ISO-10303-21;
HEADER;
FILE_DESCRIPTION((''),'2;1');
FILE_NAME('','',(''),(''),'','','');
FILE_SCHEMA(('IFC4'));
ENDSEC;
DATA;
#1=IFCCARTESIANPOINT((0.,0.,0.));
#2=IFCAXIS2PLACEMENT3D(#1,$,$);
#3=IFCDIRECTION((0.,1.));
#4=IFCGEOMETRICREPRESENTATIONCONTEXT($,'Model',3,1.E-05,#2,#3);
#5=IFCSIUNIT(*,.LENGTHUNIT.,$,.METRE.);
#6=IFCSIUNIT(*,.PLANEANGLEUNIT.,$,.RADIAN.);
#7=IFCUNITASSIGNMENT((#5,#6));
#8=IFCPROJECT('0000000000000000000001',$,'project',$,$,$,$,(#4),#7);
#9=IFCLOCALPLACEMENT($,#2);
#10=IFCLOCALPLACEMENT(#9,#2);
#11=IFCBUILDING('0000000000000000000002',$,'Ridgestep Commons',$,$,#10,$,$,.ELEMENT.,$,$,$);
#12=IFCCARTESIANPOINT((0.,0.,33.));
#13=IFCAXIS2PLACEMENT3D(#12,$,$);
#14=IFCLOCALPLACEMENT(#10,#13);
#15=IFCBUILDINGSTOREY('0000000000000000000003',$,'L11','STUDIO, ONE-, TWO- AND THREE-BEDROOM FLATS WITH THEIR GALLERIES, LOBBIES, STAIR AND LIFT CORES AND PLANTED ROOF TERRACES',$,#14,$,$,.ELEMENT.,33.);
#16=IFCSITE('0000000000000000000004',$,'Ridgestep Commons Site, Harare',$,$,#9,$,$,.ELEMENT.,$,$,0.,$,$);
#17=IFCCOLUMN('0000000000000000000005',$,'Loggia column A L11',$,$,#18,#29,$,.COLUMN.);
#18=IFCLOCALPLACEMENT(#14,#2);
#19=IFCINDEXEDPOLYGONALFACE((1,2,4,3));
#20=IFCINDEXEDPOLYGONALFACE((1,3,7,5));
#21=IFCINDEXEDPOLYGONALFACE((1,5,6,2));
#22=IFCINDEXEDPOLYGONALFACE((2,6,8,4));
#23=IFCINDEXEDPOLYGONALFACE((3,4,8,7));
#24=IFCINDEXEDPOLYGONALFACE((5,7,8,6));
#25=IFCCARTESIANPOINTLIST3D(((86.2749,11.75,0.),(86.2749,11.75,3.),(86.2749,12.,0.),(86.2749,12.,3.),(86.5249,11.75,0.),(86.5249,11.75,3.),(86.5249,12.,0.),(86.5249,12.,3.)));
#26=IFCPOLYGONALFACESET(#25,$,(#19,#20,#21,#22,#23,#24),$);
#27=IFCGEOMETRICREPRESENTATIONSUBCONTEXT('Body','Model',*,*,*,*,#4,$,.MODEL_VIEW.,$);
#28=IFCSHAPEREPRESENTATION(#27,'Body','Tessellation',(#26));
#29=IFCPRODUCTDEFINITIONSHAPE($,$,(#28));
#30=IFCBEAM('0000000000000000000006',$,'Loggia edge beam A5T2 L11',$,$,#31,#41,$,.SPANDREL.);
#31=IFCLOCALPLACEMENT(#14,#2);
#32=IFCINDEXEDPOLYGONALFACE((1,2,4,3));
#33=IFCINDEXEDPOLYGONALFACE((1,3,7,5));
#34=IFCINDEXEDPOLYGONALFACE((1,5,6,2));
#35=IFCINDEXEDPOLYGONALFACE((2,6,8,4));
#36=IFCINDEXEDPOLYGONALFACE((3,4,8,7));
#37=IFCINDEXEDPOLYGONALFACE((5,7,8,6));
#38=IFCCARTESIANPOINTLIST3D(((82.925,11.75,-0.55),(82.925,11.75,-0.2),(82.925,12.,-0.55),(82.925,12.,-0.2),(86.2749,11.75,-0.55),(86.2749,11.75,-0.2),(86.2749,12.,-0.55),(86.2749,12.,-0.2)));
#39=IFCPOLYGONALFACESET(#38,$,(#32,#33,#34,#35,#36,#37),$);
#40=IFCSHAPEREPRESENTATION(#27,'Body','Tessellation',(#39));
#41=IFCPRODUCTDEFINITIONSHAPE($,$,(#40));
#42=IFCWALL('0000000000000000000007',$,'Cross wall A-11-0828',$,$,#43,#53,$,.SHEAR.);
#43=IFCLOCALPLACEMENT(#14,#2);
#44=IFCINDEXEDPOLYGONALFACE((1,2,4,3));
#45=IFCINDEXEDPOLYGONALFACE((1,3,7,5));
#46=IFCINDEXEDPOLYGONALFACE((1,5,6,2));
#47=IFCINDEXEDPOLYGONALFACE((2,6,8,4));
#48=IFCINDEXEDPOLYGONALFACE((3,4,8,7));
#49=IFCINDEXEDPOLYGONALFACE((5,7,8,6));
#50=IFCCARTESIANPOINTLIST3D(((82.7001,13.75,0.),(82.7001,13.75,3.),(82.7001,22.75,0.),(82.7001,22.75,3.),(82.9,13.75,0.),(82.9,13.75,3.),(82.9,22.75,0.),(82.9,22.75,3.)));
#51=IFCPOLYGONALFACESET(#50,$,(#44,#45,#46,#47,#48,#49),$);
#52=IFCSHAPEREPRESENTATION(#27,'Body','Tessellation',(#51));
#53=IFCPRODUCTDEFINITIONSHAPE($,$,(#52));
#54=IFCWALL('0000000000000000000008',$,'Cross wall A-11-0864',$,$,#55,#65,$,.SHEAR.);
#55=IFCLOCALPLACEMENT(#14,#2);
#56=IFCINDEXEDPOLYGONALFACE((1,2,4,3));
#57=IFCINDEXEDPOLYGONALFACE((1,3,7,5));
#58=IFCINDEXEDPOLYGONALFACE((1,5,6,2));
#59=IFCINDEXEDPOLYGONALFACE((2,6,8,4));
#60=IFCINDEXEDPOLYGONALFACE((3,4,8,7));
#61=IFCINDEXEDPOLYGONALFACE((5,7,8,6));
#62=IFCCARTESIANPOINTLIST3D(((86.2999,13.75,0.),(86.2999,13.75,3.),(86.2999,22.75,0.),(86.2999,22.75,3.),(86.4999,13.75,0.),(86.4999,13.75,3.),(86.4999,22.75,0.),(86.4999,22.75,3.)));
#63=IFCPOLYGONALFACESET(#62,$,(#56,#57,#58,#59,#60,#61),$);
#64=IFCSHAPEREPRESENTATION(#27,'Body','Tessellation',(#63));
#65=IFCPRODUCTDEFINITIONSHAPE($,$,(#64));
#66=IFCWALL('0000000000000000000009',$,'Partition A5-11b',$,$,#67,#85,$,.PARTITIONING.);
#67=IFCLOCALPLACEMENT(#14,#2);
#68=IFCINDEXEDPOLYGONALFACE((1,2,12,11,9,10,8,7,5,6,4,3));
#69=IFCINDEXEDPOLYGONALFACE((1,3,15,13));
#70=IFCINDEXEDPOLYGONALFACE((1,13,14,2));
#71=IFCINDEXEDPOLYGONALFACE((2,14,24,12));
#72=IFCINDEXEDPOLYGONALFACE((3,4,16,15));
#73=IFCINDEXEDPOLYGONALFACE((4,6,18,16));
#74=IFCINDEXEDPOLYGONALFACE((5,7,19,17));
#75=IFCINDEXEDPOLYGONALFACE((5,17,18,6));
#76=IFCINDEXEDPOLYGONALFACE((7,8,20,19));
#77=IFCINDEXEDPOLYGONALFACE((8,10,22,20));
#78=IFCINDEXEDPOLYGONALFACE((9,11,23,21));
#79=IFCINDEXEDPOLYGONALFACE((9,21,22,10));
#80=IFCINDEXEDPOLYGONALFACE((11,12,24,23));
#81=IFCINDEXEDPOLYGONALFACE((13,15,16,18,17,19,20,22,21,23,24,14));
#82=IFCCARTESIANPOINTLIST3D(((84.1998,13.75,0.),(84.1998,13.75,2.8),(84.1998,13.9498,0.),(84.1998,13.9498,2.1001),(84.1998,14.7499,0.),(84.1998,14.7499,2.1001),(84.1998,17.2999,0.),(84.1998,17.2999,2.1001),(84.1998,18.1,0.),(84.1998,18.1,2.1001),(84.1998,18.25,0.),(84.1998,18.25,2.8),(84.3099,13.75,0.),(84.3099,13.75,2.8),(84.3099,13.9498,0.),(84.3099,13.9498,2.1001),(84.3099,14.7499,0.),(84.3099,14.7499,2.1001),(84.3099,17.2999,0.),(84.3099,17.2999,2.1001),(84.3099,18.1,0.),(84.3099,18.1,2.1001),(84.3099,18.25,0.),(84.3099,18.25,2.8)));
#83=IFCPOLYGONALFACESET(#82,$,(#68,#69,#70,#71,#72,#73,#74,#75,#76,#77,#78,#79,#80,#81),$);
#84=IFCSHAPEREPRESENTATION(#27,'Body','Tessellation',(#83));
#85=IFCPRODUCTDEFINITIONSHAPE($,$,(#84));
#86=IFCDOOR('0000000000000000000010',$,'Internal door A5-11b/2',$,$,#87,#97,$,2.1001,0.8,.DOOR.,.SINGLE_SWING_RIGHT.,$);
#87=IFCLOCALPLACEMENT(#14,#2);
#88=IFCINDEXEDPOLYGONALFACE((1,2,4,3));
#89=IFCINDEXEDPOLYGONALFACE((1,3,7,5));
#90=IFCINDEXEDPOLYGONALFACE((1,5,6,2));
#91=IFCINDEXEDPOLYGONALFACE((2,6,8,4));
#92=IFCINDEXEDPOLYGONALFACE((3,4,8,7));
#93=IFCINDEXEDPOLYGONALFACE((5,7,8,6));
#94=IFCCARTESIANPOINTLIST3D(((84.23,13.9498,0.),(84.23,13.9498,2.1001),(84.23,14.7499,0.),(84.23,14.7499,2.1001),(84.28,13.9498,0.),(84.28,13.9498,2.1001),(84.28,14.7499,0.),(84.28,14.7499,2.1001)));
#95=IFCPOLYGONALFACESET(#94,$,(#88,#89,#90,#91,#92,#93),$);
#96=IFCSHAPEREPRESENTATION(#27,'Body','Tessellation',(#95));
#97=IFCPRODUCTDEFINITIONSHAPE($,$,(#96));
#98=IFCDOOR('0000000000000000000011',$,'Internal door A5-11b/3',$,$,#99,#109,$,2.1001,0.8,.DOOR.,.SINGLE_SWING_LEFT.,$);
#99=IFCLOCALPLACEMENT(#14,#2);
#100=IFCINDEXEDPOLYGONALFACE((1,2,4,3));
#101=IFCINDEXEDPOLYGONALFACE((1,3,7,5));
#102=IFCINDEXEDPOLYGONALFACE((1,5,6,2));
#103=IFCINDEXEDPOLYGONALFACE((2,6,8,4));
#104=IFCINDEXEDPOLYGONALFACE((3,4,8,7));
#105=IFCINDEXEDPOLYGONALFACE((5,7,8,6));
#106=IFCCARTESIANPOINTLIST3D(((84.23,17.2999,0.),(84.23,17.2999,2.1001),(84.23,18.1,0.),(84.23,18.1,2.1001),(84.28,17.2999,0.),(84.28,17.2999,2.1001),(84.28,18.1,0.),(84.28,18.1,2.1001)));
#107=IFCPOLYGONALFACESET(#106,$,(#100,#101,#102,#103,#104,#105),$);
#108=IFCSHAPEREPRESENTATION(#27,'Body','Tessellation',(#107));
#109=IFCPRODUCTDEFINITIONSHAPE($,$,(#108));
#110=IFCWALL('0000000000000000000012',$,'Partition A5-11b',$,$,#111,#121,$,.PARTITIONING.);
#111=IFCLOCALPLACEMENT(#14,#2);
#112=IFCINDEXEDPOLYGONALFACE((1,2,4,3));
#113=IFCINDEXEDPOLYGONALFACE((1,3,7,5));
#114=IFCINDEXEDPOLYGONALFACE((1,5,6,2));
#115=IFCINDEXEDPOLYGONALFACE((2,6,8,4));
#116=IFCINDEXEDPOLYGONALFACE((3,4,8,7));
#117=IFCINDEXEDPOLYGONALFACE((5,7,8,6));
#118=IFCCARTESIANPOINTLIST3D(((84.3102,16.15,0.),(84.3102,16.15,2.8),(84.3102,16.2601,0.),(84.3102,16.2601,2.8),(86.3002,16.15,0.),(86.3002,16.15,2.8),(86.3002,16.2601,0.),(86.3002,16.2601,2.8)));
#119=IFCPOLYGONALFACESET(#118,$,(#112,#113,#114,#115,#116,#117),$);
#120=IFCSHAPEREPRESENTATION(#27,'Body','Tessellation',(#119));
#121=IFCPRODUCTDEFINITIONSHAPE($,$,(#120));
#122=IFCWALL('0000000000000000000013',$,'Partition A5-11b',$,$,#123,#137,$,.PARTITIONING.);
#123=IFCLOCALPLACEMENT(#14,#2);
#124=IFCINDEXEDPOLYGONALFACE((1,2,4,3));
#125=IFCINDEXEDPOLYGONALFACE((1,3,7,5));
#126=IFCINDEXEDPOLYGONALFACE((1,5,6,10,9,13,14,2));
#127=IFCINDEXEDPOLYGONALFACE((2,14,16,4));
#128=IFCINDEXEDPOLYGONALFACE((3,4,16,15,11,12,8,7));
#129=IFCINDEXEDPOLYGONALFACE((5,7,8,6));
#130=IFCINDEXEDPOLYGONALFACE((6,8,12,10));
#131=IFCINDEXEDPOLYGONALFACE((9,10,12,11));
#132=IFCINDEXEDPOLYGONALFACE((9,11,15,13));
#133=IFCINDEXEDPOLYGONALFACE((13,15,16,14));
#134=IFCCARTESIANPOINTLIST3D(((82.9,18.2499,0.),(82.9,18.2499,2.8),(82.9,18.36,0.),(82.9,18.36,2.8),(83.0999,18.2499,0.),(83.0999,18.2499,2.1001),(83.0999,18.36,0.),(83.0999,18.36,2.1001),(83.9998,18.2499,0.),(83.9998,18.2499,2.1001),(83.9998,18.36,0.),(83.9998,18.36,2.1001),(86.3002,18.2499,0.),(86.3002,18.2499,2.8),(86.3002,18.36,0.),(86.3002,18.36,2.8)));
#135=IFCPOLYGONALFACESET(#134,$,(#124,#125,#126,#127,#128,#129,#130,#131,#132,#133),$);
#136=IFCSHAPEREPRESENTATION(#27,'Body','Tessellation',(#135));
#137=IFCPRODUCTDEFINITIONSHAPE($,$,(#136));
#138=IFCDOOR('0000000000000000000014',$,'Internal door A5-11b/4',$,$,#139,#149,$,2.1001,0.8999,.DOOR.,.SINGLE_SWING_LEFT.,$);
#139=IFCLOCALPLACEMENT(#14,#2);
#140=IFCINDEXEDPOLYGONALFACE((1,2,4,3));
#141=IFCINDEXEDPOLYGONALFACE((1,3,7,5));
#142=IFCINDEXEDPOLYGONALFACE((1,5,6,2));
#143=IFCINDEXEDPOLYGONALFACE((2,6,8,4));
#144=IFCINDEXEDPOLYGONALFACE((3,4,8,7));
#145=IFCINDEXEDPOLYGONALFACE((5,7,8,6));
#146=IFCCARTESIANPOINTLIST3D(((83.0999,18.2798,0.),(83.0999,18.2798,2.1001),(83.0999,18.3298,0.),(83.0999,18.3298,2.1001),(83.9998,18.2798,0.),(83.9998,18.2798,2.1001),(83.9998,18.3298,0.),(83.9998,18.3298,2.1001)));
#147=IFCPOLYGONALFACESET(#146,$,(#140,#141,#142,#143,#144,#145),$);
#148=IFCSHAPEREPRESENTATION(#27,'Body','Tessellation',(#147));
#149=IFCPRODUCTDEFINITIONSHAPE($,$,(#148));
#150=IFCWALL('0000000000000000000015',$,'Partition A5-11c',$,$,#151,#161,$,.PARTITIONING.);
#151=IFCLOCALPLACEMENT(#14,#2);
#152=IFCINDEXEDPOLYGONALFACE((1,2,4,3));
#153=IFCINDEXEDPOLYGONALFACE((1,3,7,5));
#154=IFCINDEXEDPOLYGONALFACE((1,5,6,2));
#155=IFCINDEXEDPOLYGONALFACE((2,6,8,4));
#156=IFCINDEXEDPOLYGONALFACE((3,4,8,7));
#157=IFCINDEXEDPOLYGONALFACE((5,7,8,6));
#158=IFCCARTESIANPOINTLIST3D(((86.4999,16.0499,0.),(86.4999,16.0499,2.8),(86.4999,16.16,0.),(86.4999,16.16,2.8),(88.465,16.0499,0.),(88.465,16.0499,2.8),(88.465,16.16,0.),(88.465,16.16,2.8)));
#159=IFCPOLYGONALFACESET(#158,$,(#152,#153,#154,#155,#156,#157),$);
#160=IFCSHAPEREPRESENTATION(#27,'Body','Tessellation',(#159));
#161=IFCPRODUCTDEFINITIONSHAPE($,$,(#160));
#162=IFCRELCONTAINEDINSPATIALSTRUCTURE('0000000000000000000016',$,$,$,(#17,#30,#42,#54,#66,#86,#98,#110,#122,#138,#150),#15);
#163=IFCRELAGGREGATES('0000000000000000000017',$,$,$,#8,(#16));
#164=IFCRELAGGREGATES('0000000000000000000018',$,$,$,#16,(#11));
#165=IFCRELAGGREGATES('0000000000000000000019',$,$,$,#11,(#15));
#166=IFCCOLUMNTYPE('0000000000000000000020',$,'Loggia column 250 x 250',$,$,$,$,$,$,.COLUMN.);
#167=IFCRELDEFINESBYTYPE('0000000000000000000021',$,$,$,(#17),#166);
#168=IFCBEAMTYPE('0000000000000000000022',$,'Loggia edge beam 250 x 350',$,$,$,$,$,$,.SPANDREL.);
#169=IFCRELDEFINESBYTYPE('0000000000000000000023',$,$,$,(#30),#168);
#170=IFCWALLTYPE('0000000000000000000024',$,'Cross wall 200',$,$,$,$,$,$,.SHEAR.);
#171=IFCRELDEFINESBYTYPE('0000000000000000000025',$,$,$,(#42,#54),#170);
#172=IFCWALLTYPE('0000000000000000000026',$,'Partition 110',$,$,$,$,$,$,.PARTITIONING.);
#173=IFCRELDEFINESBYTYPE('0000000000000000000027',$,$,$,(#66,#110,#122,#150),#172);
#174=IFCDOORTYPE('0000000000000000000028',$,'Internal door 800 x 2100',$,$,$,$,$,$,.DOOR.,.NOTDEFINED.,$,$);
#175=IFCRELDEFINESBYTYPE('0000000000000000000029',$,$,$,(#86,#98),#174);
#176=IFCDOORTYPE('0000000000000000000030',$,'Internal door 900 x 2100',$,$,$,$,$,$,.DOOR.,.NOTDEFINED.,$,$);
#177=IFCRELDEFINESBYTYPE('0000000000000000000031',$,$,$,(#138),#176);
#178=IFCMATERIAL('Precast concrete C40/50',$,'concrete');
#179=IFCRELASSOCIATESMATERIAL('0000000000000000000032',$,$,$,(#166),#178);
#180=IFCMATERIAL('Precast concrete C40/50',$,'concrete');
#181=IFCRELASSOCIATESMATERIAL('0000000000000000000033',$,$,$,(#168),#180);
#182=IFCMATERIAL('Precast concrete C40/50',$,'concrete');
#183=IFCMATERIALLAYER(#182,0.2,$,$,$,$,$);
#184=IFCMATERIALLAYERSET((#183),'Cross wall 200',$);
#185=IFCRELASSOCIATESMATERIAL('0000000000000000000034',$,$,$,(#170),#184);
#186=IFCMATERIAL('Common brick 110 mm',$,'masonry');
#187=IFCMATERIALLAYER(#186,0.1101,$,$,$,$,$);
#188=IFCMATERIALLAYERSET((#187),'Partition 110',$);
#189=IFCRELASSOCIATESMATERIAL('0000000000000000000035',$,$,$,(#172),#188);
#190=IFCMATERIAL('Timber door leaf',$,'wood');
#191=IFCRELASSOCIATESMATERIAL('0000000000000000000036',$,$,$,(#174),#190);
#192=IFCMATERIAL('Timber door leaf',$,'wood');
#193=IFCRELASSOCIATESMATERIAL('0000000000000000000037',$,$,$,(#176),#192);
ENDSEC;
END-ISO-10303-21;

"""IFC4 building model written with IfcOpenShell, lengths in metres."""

from ifc_helpers import new_model, si_unit, direction, frame, frame_2d, origin, origin_2d, place, context, subcontext, project, spatial, rectangle, extrude, material, layer, layer_set, material_profile, profile_set, type_object, element, fill, save


model = new_model("IFC4")

# Units and contexts
model_context = context("Model", 3, precision=1e-05, world=origin(), true_north=direction((0.0, 1.0)))
body_context = subcontext(model_context, "Body", "Model", "MODEL_VIEW")
ifc_project = project(units=[si_unit("LENGTHUNIT", "METRE"), si_unit("PLANEANGLEUNIT", "RADIAN")], contexts=[model_context])

# Site, building, storey
site_placement = place(None, origin())
site = spatial("IfcSite", under=ifc_project, at=site_placement, Name="Ridgestep Commons Site, Harare", CompositionType="ELEMENT", RefElevation=0.0)
building_placement = place(site_placement, origin())
building = spatial("IfcBuilding", under=site, at=building_placement, Name="Ridgestep Commons", CompositionType="ELEMENT")
storey_placement = place(building_placement, frame((0.0, 0.0, 33.0)))
storey = spatial("IfcBuildingStorey", under=building, at=storey_placement, Name="L11", Description="STUDIO, ONE-, TWO- AND THREE-BEDROOM FLATS WITH THEIR GALLERIES, LOBBIES, STAIR AND LIFT CORES AND PLANTED ROOF TERRACES", CompositionType="ELEMENT", Elevation=33.0)

# Column
ifc_material_1 = material(Name="Precast concrete C40/50", Category="concrete")
ifc_material_profile_1 = material_profile(ifc_material_1, rectangle(XDim=0.25, YDim=0.25, at=origin_2d()), Name="PC 250x250")
ifc_profile_set_1 = profile_set([ifc_material_profile_1], Name="Precast concrete C40/50")
column_type = type_object("IfcColumnType", Name="Loggia column 250 x 250", PredefinedType="COLUMN", material=ifc_profile_set_1)
column_placement = place(storey_placement, frame((86.3999, 11.875, 0.0), z_axis=(0.0, 0.0, 1.0), x_axis=(1.0, 0.0, 0.0)))
element("IfcColumn", 1, at=column_placement, inside=storey, type_object=column_type, Name="Loggia column A L11", PredefinedType="COLUMN", context=body_context, shape_type="SweptSolid", body=[
    extrude(rectangle(XDim=0.25, YDim=0.25, at=origin_2d()), origin(), (0.0, 0.0, 1.0), 3.0),
])

# Beam
ifc_material_2 = material(Name="Precast concrete C40/50", Category="concrete")
ifc_material_profile_2 = material_profile(ifc_material_2, rectangle(XDim=0.25, YDim=0.3501, at=origin_2d()), Name="PC 250x350")
ifc_profile_set_2 = profile_set([ifc_material_profile_2], Name="Precast concrete C40/50")
beam_type = type_object("IfcBeamType", Name="Loggia edge beam 250 x 350", PredefinedType="SPANDREL", material=ifc_profile_set_2)
beam_placement = place(storey_placement, frame((82.925, 11.875, -0.375), z_axis=(1.0, 0.0, 0.0), x_axis=(0.0, 1.0, 0.0)))
element("IfcBeam", 2, at=beam_placement, inside=storey, type_object=beam_type, Name="Loggia edge beam A5T2 L11", PredefinedType="SPANDREL", context=body_context, shape_type="SweptSolid", body=[
    extrude(rectangle(XDim=0.25, YDim=0.3501, at=origin_2d()), origin(), (0.0, 0.0, 1.0), 3.3499),
])

# Walls
ifc_material_3 = material(Name="Precast concrete C40/50", Category="concrete")
ifc_layer_1 = layer(ifc_material_3, 0.2)
ifc_layer_set_1 = layer_set([ifc_layer_1], Name="Cross wall 200")
wall_type_1 = type_object("IfcWallType", Name="Cross wall 200", PredefinedType="SHEAR", material=ifc_layer_set_1)
for number, where, z_axis, x_axis, name in (
    (3, (82.8, 13.75, 0.0), (0.0, 0.0, 1.0), (0.0, 1.0, 0.0), "Cross wall A-11-0828"),
    (4, (86.3999, 13.75, 0.0), (0.0, 0.0, 1.0), (0.0, 1.0, 0.0), "Cross wall A-11-0864"),
):
    element("IfcWall", number, at=place(storey_placement, frame(where, z_axis=z_axis, x_axis=x_axis)), inside=storey, type_object=wall_type_1, Name=name, PredefinedType="SHEAR", context=body_context, shape_type="SweptSolid", body=[
        extrude(rectangle(XDim=9.0, YDim=0.2, at=frame_2d((4.5, 0.0))), origin(), (0.0, 0.0, 1.0), 3.0),
    ])

# Wall, openings, doors
ifc_material_4 = material(Name="Common brick 110 mm", Category="masonry")
ifc_layer_2 = layer(ifc_material_4, 0.1101)
ifc_layer_set_2 = layer_set([ifc_layer_2], Name="Partition 110")
wall_type_2 = type_object("IfcWallType", Name="Partition 110", PredefinedType="PARTITIONING", material=ifc_layer_set_2)
wall_1_placement = place(storey_placement, frame((84.2549, 13.75, 0.0), z_axis=(0.0, 0.0, 1.0), x_axis=(0.0, 1.0, 0.0)))
wall_1 = element("IfcWall", 5, at=wall_1_placement, inside=storey, type_object=wall_type_2, Name="Partition A5-11b", PredefinedType="PARTITIONING", context=body_context, shape_type="SweptSolid", body=[
    extrude(rectangle(XDim=4.5, YDim=0.1101, at=frame_2d((2.25, 0.0))), origin(), (0.0, 0.0, 1.0), 2.8),
])
opening_1_placement = place(wall_1_placement, frame((0.2, 0.0, 0.0)))
opening_1 = element("IfcOpeningElement", 6, at=opening_1_placement, cuts=wall_1, PredefinedType="OPENING", context=body_context, shape_type="SweptSolid", body=[
    extrude(rectangle(XDim=0.8, YDim=2.1001, at=frame_2d((0.3999, 1.05))), frame((0.0, 0.0649, 0.0), z_axis=(0.0, -1.0, 0.0), x_axis=(1.0, 0.0, 0.0)), (0.0, 0.0, 1.0), 0.1301),
])
opening_2_placement = place(wall_1_placement, frame((3.55, 0.0, 0.0)))
opening_2 = element("IfcOpeningElement", 7, at=opening_2_placement, cuts=wall_1, PredefinedType="OPENING", context=body_context, shape_type="SweptSolid", body=[
    extrude(rectangle(XDim=0.8, YDim=2.1001, at=frame_2d((0.3999, 1.05))), frame((0.0, 0.0649, 0.0), z_axis=(0.0, -1.0, 0.0), x_axis=(1.0, 0.0, 0.0)), (0.0, 0.0, 1.0), 0.1301),
])
ifc_material_5 = material(Name="Timber door leaf", Category="wood")
door_type_1 = type_object("IfcDoorType", Name="Internal door 800 x 2100", OperationType="NOTDEFINED", PredefinedType="DOOR", material=ifc_material_5)
door_1_placement = place(opening_1_placement, origin())
door_1 = element("IfcDoor", 8, at=door_1_placement, inside=storey, type_object=door_type_1, Name="Internal door A5-11b/2", OperationType="SINGLE_SWING_RIGHT", OverallHeight=2.1001, OverallWidth=0.8, PredefinedType="DOOR", context=body_context, shape_type="SweptSolid", body=[
    extrude(rectangle(XDim=0.8, YDim=2.1001, at=frame_2d((0.3999, 1.05))), frame((0.0, 0.0249, 0.0), z_axis=(0.0, -1.0, 0.0), x_axis=(1.0, 0.0, 0.0)), (0.0, 0.0, 1.0), 0.05),
])
fill(opening_1, door_1)
door_2_placement = place(opening_2_placement, origin())
door_2 = element("IfcDoor", 9, at=door_2_placement, inside=storey, type_object=door_type_1, Name="Internal door A5-11b/3", OperationType="SINGLE_SWING_LEFT", OverallHeight=2.1001, OverallWidth=0.8, PredefinedType="DOOR", context=body_context, shape_type="SweptSolid", body=[
    extrude(rectangle(XDim=0.8, YDim=2.1001, at=frame_2d((0.3999, 1.05))), frame((0.0, 0.0249, 0.0), z_axis=(0.0, -1.0, 0.0), x_axis=(1.0, 0.0, 0.0)), (0.0, 0.0, 1.0), 0.05),
])
fill(opening_2, door_2)

# Wall
wall_2_placement = place(storey_placement, frame((84.3101, 16.2051, 0.0), z_axis=(0.0, 0.0, 1.0), x_axis=(1.0, 0.0, 0.0)))
element("IfcWall", 10, at=wall_2_placement, inside=storey, type_object=wall_type_2, Name="Partition A5-11b", PredefinedType="PARTITIONING", context=body_context, shape_type="SweptSolid", body=[
    extrude(rectangle(XDim=1.99, YDim=0.1101, at=frame_2d((0.9951, 0.0))), origin(), (0.0, 0.0, 1.0), 2.8),
])

# Wall, opening, door
wall_3_placement = place(storey_placement, frame((82.8999, 18.3049, 0.0), z_axis=(0.0, 0.0, 1.0), x_axis=(1.0, 0.0, 0.0)))
wall_3 = element("IfcWall", 11, at=wall_3_placement, inside=storey, type_object=wall_type_2, Name="Partition A5-11b", PredefinedType="PARTITIONING", context=body_context, shape_type="SweptSolid", body=[
    extrude(rectangle(XDim=3.4001, YDim=0.1101, at=frame_2d((1.7002, 0.0))), origin(), (0.0, 0.0, 1.0), 2.8),
])
opening_3_placement = place(wall_3_placement, frame((0.2, 0.0, 0.0)))
opening_3 = element("IfcOpeningElement", 12, at=opening_3_placement, cuts=wall_3, PredefinedType="OPENING", context=body_context, shape_type="SweptSolid", body=[
    extrude(rectangle(XDim=0.8999, YDim=2.1001, at=frame_2d((0.45, 1.05))), frame((0.0, 0.0649, 0.0), z_axis=(0.0, -1.0, 0.0), x_axis=(1.0, 0.0, 0.0)), (0.0, 0.0, 1.0), 0.1301),
])
ifc_material_6 = material(Name="Timber door leaf", Category="wood")
door_type_2 = type_object("IfcDoorType", Name="Internal door 900 x 2100", OperationType="NOTDEFINED", PredefinedType="DOOR", material=ifc_material_6)
door_3_placement = place(opening_3_placement, origin())
door_3 = element("IfcDoor", 13, at=door_3_placement, inside=storey, type_object=door_type_2, Name="Internal door A5-11b/4", OperationType="SINGLE_SWING_LEFT", OverallHeight=2.1001, OverallWidth=0.8999, PredefinedType="DOOR", context=body_context, shape_type="SweptSolid", body=[
    extrude(rectangle(XDim=0.8999, YDim=2.1001, at=frame_2d((0.45, 1.05))), frame((0.0, 0.0249, 0.0), z_axis=(0.0, -1.0, 0.0), x_axis=(1.0, 0.0, 0.0)), (0.0, 0.0, 1.0), 0.05),
])
fill(opening_3, door_3)

# Wall
wall_4_placement = place(storey_placement, frame((86.5, 16.105, 0.0), z_axis=(0.0, 0.0, 1.0), x_axis=(1.0, 0.0, 0.0)))
element("IfcWall", 14, at=wall_4_placement, inside=storey, type_object=wall_type_2, Name="Partition A5-11c", PredefinedType="PARTITIONING", context=body_context, shape_type="SweptSolid", body=[
    extrude(rectangle(XDim=1.9651, YDim=0.1101, at=frame_2d((0.9824, 0.0))), origin(), (0.0, 0.0, 1.0), 2.8),
])

save(model, "model.ifc")
